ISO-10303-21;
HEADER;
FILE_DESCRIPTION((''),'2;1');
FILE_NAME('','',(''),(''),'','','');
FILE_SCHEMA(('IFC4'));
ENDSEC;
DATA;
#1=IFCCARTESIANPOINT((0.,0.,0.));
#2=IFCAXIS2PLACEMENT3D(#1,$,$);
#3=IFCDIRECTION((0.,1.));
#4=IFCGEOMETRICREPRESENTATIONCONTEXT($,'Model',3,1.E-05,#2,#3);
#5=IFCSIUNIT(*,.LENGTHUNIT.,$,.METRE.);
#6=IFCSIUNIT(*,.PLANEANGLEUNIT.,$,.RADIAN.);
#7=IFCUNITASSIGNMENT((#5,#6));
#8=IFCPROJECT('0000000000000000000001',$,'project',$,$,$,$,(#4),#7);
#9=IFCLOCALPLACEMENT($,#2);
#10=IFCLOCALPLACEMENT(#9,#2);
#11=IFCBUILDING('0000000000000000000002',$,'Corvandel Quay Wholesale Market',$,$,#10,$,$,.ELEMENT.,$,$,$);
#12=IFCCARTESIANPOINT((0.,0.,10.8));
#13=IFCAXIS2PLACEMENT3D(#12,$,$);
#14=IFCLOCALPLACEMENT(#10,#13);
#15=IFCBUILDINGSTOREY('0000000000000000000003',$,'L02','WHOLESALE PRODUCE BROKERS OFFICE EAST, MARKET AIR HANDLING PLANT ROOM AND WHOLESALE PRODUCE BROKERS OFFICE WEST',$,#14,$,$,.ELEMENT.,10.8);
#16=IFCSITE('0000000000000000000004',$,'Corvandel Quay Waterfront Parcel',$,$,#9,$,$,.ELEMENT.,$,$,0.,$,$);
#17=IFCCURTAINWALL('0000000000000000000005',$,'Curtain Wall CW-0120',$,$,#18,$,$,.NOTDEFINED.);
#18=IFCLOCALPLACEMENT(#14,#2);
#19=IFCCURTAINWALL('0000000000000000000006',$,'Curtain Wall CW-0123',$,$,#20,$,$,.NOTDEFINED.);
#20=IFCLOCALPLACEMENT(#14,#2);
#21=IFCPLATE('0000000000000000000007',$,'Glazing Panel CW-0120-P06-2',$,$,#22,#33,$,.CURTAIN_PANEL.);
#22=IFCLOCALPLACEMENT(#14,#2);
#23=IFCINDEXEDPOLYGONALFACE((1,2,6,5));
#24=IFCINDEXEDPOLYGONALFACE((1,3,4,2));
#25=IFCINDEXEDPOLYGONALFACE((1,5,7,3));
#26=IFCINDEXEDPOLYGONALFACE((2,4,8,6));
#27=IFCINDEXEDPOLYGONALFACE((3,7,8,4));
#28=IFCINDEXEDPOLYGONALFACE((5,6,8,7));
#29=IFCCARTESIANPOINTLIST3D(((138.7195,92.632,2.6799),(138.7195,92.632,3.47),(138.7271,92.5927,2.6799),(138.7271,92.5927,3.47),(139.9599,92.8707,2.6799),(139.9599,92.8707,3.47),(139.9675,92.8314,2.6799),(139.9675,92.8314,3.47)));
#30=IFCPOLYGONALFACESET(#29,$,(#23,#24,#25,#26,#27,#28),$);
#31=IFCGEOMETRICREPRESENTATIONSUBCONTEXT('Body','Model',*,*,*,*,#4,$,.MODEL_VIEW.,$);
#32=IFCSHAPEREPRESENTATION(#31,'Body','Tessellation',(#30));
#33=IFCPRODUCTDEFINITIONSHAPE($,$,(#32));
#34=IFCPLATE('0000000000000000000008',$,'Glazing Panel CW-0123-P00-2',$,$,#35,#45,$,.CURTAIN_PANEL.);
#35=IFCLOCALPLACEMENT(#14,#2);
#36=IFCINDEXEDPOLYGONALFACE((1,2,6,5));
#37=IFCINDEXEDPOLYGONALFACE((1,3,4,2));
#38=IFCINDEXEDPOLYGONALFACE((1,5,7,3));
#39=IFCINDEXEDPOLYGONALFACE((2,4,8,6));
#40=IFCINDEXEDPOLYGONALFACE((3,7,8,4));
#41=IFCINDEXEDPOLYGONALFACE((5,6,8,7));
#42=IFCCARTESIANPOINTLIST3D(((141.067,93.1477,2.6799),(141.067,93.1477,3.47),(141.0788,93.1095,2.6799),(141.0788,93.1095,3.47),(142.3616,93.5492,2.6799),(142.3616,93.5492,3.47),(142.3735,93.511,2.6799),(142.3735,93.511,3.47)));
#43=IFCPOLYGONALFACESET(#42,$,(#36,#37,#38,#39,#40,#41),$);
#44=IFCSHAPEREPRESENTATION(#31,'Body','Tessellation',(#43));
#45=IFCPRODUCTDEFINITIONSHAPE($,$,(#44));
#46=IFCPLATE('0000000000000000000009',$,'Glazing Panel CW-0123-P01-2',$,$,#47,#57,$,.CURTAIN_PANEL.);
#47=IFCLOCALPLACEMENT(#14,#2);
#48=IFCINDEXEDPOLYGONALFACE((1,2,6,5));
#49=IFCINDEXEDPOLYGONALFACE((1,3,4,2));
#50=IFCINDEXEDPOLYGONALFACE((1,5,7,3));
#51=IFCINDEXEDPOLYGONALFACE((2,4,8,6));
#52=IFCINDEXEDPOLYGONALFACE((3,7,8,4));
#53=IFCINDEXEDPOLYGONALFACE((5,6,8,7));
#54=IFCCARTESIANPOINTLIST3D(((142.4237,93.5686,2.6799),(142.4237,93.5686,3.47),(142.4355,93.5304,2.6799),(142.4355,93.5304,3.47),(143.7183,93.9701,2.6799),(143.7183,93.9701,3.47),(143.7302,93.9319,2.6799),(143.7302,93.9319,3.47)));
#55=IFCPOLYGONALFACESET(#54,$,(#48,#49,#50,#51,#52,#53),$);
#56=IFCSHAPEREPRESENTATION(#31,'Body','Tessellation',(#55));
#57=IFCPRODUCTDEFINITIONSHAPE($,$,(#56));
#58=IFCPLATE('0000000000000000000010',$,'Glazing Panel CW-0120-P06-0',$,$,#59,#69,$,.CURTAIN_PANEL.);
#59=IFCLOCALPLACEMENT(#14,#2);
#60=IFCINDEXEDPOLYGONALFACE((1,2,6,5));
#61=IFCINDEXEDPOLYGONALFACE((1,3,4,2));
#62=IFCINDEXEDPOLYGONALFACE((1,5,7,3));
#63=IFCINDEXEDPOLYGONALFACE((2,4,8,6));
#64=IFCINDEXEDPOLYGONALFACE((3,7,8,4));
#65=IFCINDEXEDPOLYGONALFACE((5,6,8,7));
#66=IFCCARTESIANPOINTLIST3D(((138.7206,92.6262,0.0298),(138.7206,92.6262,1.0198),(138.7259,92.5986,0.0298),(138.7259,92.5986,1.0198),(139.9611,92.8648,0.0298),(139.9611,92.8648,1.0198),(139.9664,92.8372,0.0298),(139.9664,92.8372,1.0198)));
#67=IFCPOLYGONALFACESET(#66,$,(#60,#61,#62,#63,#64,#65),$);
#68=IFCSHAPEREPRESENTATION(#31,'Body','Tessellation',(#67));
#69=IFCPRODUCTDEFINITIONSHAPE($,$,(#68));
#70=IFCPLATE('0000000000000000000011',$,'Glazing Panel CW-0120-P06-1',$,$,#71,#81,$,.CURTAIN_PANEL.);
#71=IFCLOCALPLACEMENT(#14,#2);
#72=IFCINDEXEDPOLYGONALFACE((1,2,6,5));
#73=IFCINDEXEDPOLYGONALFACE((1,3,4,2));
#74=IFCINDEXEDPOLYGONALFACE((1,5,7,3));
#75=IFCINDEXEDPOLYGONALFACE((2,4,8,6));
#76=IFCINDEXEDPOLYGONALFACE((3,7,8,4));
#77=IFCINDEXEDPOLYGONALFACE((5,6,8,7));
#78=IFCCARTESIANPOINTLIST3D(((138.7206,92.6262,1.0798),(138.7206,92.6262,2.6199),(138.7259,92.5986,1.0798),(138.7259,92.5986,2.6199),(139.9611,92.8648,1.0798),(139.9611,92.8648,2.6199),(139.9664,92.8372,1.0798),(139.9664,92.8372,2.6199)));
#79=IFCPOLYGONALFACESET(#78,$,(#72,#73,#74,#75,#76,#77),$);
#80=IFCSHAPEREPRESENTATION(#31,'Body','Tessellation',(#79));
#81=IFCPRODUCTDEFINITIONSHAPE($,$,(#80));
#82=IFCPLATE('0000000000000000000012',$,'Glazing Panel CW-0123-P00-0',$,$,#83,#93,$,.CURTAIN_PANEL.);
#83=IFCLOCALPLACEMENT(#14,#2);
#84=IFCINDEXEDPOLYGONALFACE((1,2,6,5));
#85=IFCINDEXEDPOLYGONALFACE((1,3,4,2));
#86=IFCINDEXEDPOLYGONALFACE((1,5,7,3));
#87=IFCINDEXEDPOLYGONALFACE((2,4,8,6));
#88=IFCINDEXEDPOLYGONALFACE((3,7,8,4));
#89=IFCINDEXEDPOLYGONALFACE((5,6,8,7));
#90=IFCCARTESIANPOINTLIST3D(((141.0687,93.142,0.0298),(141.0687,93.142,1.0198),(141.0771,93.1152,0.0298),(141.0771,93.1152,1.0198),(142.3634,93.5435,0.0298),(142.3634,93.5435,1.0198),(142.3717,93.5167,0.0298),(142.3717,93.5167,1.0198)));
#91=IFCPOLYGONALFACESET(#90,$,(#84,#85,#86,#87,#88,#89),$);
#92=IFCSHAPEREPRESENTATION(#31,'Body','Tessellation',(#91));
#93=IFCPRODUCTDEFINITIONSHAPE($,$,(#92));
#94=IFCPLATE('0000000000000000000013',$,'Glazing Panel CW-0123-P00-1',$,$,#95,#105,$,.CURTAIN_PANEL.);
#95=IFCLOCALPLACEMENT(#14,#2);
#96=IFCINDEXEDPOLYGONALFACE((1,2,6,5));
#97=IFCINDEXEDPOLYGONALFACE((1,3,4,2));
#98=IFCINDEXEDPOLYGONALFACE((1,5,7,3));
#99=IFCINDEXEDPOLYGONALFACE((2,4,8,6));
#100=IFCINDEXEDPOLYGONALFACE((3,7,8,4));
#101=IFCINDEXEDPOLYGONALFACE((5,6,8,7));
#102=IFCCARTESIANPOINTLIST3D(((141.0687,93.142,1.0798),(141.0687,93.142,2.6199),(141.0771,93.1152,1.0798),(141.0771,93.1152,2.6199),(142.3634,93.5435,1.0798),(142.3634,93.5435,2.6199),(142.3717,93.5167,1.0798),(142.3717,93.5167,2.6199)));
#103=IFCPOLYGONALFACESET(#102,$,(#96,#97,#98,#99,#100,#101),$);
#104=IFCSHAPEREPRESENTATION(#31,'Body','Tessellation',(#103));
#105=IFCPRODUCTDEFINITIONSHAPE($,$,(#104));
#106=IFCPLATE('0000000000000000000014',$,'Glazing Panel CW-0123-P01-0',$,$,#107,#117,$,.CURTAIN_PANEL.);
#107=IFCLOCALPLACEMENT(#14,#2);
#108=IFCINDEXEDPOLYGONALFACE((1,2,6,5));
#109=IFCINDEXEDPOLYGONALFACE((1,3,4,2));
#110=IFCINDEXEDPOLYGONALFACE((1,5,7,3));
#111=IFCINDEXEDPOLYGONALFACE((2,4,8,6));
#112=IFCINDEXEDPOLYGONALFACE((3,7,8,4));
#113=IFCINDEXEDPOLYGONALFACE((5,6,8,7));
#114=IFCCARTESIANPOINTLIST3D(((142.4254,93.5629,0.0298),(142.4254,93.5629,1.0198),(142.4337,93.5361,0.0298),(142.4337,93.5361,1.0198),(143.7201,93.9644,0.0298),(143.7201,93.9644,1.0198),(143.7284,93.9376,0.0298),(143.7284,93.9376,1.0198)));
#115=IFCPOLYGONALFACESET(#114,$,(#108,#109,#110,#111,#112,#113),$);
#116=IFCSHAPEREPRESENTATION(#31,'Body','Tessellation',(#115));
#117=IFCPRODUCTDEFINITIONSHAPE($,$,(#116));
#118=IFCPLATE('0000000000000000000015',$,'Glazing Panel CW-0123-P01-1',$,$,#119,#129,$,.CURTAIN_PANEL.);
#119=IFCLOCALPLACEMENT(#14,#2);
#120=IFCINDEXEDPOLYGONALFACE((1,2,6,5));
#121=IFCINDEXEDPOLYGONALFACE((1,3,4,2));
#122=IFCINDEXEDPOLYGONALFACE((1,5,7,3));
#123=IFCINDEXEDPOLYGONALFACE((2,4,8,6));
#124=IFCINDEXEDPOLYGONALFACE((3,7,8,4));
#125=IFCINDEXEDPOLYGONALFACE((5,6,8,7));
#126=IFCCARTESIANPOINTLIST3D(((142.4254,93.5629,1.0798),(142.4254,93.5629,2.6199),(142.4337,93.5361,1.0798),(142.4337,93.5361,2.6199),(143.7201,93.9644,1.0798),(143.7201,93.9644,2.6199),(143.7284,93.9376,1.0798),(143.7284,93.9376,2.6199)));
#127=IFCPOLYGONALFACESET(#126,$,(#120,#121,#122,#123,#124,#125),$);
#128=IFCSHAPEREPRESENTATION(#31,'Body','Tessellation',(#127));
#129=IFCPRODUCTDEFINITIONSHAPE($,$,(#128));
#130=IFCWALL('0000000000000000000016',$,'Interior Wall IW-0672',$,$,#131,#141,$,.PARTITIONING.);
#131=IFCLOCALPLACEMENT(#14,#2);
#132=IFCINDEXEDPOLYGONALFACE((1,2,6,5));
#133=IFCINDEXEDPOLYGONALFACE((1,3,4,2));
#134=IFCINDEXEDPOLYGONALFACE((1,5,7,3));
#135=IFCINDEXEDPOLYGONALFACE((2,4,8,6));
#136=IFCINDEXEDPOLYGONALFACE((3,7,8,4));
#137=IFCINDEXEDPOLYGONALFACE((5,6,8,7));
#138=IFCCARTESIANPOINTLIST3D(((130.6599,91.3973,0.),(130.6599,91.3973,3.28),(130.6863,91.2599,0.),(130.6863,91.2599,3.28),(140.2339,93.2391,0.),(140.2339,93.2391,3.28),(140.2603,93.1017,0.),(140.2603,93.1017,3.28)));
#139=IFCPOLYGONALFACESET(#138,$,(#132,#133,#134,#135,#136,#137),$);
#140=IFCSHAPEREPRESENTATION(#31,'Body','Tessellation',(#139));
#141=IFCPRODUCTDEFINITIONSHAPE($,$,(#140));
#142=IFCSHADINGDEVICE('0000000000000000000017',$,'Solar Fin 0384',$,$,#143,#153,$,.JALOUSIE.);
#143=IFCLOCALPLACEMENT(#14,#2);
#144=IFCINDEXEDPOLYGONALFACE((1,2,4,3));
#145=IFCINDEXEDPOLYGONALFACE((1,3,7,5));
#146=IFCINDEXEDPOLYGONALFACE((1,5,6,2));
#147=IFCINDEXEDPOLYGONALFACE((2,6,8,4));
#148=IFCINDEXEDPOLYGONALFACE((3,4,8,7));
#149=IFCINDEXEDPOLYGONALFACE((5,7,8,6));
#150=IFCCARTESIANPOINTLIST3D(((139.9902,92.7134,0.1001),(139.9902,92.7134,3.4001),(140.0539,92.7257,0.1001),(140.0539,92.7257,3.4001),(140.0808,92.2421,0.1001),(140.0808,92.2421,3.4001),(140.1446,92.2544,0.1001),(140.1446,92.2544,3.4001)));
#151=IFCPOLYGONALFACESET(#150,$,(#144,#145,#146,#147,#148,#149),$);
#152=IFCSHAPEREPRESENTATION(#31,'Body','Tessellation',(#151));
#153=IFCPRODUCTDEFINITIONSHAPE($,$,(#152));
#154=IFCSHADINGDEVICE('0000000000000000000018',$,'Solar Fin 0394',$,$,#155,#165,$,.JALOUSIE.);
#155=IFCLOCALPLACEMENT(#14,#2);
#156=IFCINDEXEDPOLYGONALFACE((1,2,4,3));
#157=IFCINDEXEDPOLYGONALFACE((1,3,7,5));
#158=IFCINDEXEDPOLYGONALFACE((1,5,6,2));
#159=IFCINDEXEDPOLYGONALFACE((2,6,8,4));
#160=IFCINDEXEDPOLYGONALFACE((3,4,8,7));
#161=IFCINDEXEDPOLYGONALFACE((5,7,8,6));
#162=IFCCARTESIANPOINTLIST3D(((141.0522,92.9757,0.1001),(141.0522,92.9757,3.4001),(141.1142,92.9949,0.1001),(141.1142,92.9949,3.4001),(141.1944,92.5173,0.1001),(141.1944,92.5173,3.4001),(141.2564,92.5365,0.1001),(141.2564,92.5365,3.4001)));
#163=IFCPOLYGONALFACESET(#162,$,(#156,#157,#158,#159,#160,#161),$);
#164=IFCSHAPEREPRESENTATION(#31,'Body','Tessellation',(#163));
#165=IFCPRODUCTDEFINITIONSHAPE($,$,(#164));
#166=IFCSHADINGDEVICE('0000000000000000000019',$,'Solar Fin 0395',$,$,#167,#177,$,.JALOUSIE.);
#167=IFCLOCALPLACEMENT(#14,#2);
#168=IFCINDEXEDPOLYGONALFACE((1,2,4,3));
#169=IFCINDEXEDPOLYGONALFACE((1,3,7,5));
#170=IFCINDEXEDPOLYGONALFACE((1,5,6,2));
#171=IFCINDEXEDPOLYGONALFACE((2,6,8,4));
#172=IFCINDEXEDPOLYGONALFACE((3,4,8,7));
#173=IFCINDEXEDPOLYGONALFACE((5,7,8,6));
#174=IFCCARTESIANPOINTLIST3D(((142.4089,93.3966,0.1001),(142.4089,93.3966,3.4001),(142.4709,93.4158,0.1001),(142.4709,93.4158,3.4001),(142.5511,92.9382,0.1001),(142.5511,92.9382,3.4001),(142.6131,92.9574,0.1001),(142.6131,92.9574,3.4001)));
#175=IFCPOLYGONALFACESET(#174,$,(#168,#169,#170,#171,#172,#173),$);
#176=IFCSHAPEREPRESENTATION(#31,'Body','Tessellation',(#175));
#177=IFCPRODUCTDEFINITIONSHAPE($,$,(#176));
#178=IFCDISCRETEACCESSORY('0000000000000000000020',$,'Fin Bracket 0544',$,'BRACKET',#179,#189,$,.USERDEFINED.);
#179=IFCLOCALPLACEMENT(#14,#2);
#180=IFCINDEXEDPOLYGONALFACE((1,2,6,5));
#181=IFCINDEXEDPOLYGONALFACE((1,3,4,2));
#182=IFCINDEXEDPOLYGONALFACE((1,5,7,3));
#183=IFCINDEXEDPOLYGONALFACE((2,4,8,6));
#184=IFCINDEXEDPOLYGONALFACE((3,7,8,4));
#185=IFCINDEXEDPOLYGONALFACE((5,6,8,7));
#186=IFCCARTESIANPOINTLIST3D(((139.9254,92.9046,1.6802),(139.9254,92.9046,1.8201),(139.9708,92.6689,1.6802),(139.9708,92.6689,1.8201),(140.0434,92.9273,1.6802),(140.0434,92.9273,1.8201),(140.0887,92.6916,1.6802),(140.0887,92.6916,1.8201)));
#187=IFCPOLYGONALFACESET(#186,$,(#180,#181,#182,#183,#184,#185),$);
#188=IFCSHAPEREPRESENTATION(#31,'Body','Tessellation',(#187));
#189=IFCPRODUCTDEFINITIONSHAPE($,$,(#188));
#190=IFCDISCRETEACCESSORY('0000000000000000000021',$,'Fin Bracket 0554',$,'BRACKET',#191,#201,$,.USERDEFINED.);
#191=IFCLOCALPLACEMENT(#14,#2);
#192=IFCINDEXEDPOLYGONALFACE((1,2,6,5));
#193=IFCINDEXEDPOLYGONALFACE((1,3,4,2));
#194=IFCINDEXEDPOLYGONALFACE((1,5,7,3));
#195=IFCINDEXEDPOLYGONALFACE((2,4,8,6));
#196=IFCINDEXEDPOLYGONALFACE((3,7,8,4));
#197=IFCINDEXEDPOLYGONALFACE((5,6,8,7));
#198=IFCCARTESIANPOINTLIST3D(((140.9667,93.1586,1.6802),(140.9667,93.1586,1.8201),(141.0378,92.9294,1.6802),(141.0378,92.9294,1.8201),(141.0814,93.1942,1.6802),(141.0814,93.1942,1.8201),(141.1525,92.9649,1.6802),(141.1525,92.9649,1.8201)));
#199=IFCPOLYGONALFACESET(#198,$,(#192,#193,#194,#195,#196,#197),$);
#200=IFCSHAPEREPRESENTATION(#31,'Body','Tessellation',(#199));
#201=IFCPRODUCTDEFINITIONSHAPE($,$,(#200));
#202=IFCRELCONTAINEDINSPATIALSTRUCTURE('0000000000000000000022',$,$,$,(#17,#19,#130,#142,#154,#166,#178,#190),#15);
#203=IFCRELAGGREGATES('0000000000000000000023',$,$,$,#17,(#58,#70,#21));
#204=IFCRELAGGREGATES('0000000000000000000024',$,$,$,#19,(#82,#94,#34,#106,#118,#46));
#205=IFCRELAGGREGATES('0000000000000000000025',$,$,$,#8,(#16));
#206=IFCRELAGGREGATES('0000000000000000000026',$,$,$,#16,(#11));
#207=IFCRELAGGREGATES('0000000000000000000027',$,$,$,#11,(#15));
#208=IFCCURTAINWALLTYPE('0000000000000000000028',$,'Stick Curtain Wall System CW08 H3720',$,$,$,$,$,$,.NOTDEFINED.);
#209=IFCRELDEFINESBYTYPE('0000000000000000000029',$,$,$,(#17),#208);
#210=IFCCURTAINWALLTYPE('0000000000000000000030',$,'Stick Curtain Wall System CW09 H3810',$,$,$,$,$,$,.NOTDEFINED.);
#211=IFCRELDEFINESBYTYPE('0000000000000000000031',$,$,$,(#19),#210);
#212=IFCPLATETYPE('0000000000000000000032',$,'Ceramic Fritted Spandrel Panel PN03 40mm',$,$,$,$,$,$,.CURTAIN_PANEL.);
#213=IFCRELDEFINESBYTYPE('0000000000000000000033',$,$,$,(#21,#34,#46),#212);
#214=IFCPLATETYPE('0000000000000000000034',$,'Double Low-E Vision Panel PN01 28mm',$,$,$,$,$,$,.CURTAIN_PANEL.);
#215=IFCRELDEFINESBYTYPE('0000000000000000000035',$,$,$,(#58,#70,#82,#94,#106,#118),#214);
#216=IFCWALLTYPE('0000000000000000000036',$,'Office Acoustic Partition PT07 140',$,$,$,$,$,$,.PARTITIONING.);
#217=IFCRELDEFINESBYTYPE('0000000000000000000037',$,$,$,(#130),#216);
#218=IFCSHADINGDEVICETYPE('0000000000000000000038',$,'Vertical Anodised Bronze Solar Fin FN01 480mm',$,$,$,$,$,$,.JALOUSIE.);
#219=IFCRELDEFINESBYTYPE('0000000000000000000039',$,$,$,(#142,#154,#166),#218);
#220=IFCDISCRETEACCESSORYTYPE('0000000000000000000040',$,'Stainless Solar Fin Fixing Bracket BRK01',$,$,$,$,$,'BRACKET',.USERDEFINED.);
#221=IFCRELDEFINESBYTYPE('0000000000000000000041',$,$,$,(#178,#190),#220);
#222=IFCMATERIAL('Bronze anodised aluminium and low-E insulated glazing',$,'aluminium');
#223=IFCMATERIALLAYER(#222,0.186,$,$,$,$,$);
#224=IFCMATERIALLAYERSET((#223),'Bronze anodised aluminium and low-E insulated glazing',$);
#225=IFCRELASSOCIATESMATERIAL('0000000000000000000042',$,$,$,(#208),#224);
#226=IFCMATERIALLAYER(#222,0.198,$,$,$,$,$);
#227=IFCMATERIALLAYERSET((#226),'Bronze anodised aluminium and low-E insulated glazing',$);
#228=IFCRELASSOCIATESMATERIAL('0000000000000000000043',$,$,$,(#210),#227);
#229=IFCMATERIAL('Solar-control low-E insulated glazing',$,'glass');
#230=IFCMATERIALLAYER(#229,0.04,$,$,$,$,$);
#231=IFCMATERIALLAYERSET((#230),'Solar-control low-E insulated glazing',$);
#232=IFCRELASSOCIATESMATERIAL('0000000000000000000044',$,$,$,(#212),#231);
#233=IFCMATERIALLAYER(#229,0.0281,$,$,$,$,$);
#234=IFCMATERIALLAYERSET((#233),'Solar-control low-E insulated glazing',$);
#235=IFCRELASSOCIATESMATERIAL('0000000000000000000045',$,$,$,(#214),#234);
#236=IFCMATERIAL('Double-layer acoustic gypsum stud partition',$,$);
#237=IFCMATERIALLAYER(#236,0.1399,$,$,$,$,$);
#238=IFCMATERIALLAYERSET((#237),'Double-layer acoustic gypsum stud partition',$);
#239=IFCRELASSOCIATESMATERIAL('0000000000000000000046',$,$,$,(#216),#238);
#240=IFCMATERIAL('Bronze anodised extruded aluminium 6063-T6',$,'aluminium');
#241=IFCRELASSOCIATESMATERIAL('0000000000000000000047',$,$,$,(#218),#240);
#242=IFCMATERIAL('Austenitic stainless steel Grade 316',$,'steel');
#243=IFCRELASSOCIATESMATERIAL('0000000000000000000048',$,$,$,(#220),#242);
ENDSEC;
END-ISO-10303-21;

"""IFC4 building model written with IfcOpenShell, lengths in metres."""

from ifc_helpers import new_model, si_unit, direction, frame, frame_2d, origin, origin_2d, place, context, subcontext, project, spatial, rectangle, extrude, material, layer, layer_set, type_object, element, aggregate, save


model = new_model("IFC4")

# Units and contexts
model_context = context("Model", 3, precision=1e-05, world=origin(), true_north=direction((0.0, 1.0)))
body_context = subcontext(model_context, "Body", "Model", "MODEL_VIEW")
ifc_project = project(units=[si_unit("LENGTHUNIT", "METRE"), si_unit("PLANEANGLEUNIT", "RADIAN")], contexts=[model_context])

# Site, building, storey
site_placement = place(None, origin())
site = spatial("IfcSite", under=ifc_project, at=site_placement, Name="Corvandel Quay Waterfront Parcel", CompositionType="ELEMENT", RefElevation=0.0)
building_placement = place(site_placement, origin())
building = spatial("IfcBuilding", under=site, at=building_placement, Name="Corvandel Quay Wholesale Market", CompositionType="ELEMENT")
storey_placement = place(building_placement, frame((0.0, 0.0, 10.8)))
storey = spatial("IfcBuildingStorey", under=building, at=storey_placement, Name="L02", Description="WHOLESALE PRODUCE BROKERS OFFICE EAST, MARKET AIR HANDLING PLANT ROOM AND WHOLESALE PRODUCE BROKERS OFFICE WEST", CompositionType="ELEMENT", Elevation=10.8)

# Curtain wall
ifc_material_1 = material(Name="Bronze anodised aluminium and low-E insulated glazing", Category="aluminium")
ifc_layer_1 = layer(ifc_material_1, 0.186)
ifc_layer_set_1 = layer_set([ifc_layer_1], Name="Bronze anodised aluminium and low-E insulated glazing")
curtain_wall_type_1 = type_object("IfcCurtainWallType", Name="Stick Curtain Wall System CW08 H3720", PredefinedType="NOTDEFINED", material=ifc_layer_set_1)
curtain_wall_1_placement = place(storey_placement, origin())
curtain_wall_1 = element("IfcCurtainWall", 1, at=curtain_wall_1_placement, inside=storey, type_object=curtain_wall_type_1, Name="Curtain Wall CW-0120", PredefinedType="NOTDEFINED")

# Curtain wall
ifc_layer_2 = layer(ifc_material_1, 0.198)
ifc_layer_set_2 = layer_set([ifc_layer_2], Name="Bronze anodised aluminium and low-E insulated glazing")
curtain_wall_type_2 = type_object("IfcCurtainWallType", Name="Stick Curtain Wall System CW09 H3810", PredefinedType="NOTDEFINED", material=ifc_layer_set_2)
curtain_wall_2_placement = place(storey_placement, origin())
curtain_wall_2 = element("IfcCurtainWall", 2, at=curtain_wall_2_placement, inside=storey, type_object=curtain_wall_type_2, Name="Curtain Wall CW-0123", PredefinedType="NOTDEFINED")

# Plates
ifc_material_2 = material(Name="Solar-control low-E insulated glazing", Category="glass")
ifc_layer_3 = layer(ifc_material_2, 0.04)
ifc_layer_set_3 = layer_set([ifc_layer_3], Name="Solar-control low-E insulated glazing")
plate_type_1 = type_object("IfcPlateType", Name="Ceramic Fritted Spandrel Panel PN03 40mm", PredefinedType="CURTAIN_PANEL", material=ifc_layer_set_3)
plate_1_placement = place(storey_placement, frame((139.3435, 92.7317, 2.6799), z_axis=(0.0, 0.0, 1.0), x_axis=(0.981992, 0.188924, 0.0)))
plate_1 = element("IfcPlate", 3, at=plate_1_placement, type_object=plate_type_1, Name="Glazing Panel CW-0120-P06-2", PredefinedType="CURTAIN_PANEL", context=body_context, shape_type="SweptSolid", body=[
    extrude(rectangle(XDim=1.2632, YDim=0.04, at=origin_2d()), origin(), (0.0, 0.0, 1.0), 0.79),
])
plate_2_placement = place(storey_placement, frame((141.7202, 93.3293, 2.6799), z_axis=(0.0, 0.0, 1.0), x_axis=(0.955123, 0.296208, 0.0)))
plate_2 = element("IfcPlate", 4, at=plate_2_placement, type_object=plate_type_1, Name="Glazing Panel CW-0123-P00-2", PredefinedType="CURTAIN_PANEL", context=body_context, shape_type="SweptSolid", body=[
    extrude(rectangle(XDim=1.3555, YDim=0.04, at=origin_2d()), origin(), (0.0, 0.0, 1.0), 0.79),
])
plate_3_placement = place(storey_placement, frame((143.0769, 93.7502, 2.6799), z_axis=(0.0, 0.0, 1.0), x_axis=(0.955123, 0.296208, 0.0)))
plate_3 = element("IfcPlate", 5, at=plate_3_placement, type_object=plate_type_1, Name="Glazing Panel CW-0123-P01-2", PredefinedType="CURTAIN_PANEL", context=body_context, shape_type="SweptSolid", body=[
    extrude(rectangle(XDim=1.3555, YDim=0.04, at=origin_2d()), origin(), (0.0, 0.0, 1.0), 0.79),
])
ifc_layer_4 = layer(ifc_material_2, 0.0281)
ifc_layer_set_4 = layer_set([ifc_layer_4], Name="Solar-control low-E insulated glazing")
plate_type_2 = type_object("IfcPlateType", Name="Double Low-E Vision Panel PN01 28mm", PredefinedType="CURTAIN_PANEL", material=ifc_layer_set_4)
plate_4_placement = place(storey_placement, frame((139.3435, 92.7317, 0.0298), z_axis=(0.0, 0.0, 1.0), x_axis=(0.981992, 0.188924, 0.0)))
plate_4 = element("IfcPlate", 6, at=plate_4_placement, type_object=plate_type_2, Name="Glazing Panel CW-0120-P06-0", PredefinedType="CURTAIN_PANEL", context=body_context, shape_type="SweptSolid", body=[
    extrude(rectangle(XDim=1.2632, YDim=0.0281, at=origin_2d()), origin(), (0.0, 0.0, 1.0), 0.99),
])
plate_5_placement = place(storey_placement, frame((139.3435, 92.7317, 1.0798), z_axis=(0.0, 0.0, 1.0), x_axis=(0.981992, 0.188924, 0.0)))
plate_5 = element("IfcPlate", 7, at=plate_5_placement, type_object=plate_type_2, Name="Glazing Panel CW-0120-P06-1", PredefinedType="CURTAIN_PANEL", context=body_context, shape_type="SweptSolid", body=[
    extrude(rectangle(XDim=1.2632, YDim=0.0281, at=origin_2d()), origin(), (0.0, 0.0, 1.0), 1.54),
])
aggregate(curtain_wall_1, [plate_4, plate_5, plate_1])
plate_6_placement = place(storey_placement, frame((141.7202, 93.3293, 0.0298), z_axis=(0.0, 0.0, 1.0), x_axis=(0.955123, 0.296208, 0.0)))
plate_6 = element("IfcPlate", 8, at=plate_6_placement, type_object=plate_type_2, Name="Glazing Panel CW-0123-P00-0", PredefinedType="CURTAIN_PANEL", context=body_context, shape_type="SweptSolid", body=[
    extrude(rectangle(XDim=1.3555, YDim=0.0281, at=origin_2d()), origin(), (0.0, 0.0, 1.0), 0.99),
])
plate_7_placement = place(storey_placement, frame((141.7202, 93.3293, 1.0798), z_axis=(0.0, 0.0, 1.0), x_axis=(0.955123, 0.296208, 0.0)))
plate_7 = element("IfcPlate", 9, at=plate_7_placement, type_object=plate_type_2, Name="Glazing Panel CW-0123-P00-1", PredefinedType="CURTAIN_PANEL", context=body_context, shape_type="SweptSolid", body=[
    extrude(rectangle(XDim=1.3555, YDim=0.0281, at=origin_2d()), origin(), (0.0, 0.0, 1.0), 1.54),
])
plate_8_placement = place(storey_placement, frame((143.0769, 93.7502, 0.0298), z_axis=(0.0, 0.0, 1.0), x_axis=(0.955123, 0.296208, 0.0)))
plate_8 = element("IfcPlate", 10, at=plate_8_placement, type_object=plate_type_2, Name="Glazing Panel CW-0123-P01-0", PredefinedType="CURTAIN_PANEL", context=body_context, shape_type="SweptSolid", body=[
    extrude(rectangle(XDim=1.3555, YDim=0.0281, at=origin_2d()), origin(), (0.0, 0.0, 1.0), 0.99),
])
plate_9_placement = place(storey_placement, frame((143.0769, 93.7502, 1.0798), z_axis=(0.0, 0.0, 1.0), x_axis=(0.955123, 0.296208, 0.0)))
plate_9 = element("IfcPlate", 11, at=plate_9_placement, type_object=plate_type_2, Name="Glazing Panel CW-0123-P01-1", PredefinedType="CURTAIN_PANEL", context=body_context, shape_type="SweptSolid", body=[
    extrude(rectangle(XDim=1.3555, YDim=0.0281, at=origin_2d()), origin(), (0.0, 0.0, 1.0), 1.54),
])
aggregate(curtain_wall_2, [plate_6, plate_7, plate_2, plate_8, plate_9, plate_3])

# Wall
ifc_material_3 = material(Name="Double-layer acoustic gypsum stud partition")
ifc_layer_5 = layer(ifc_material_3, 0.1399)
ifc_layer_set_5 = layer_set([ifc_layer_5], Name="Double-layer acoustic gypsum stud partition")
wall_type = type_object("IfcWallType", Name="Office Acoustic Partition PT07 140", PredefinedType="PARTITIONING", material=ifc_layer_set_5)
wall_placement = place(storey_placement, frame((140.2471, 93.1704, 0.0), z_axis=(0.0, 0.0, 1.0), x_axis=(-0.981994, -0.188911, 0.0)))
element("IfcWall", 12, at=wall_placement, inside=storey, type_object=wall_type, Name="Interior Wall IW-0672", PredefinedType="PARTITIONING", context=body_context, shape_type="SweptSolid", body=[
    extrude(rectangle(XDim=9.7495, YDim=0.1399, at=frame_2d((4.8748, 0.0))), origin(), (0.0, 0.0, 1.0), 3.28),
])

# Shading devices
ifc_material_4 = material(Name="Bronze anodised extruded aluminium 6063-T6", Category="aluminium")
shading_device_type = type_object("IfcShadingDeviceType", Name="Vertical Anodised Bronze Solar Fin FN01 480mm", PredefinedType="JALOUSIE", material=ifc_material_4)
for number, where, z_axis, x_axis, name in (
    (13, (140.0674, 92.4839, 0.1001), (0.0, 0.0, 1.0), (-0.188924, 0.981992, 0.0), "Solar Fin 0384"),
    (14, (141.1543, 92.7561, 0.1001), (0.0, 0.0, 1.0), (-0.296208, 0.955123, 0.0), "Solar Fin 0394"),
    (15, (142.511, 93.177, 0.1001), (0.0, 0.0, 1.0), (-0.296208, 0.955123, 0.0), "Solar Fin 0395"),
):
    element("IfcShadingDevice", number, at=place(storey_placement, frame(where, z_axis=z_axis, x_axis=x_axis)), inside=storey, type_object=shading_device_type, Name=name, PredefinedType="JALOUSIE", context=body_context, shape_type="SweptSolid", body=[
        extrude(rectangle(XDim=0.48, YDim=0.0649, at=origin_2d()), origin(), (0.0, 0.0, 1.0), 3.3),
    ])

# Discrete accessories
ifc_material_5 = material(Name="Austenitic stainless steel Grade 316", Category="steel")
discrete_accessory_type = type_object("IfcDiscreteAccessoryType", Name="Stainless Solar Fin Fixing Bracket BRK01", ElementType="BRACKET", PredefinedType="USERDEFINED", material=ifc_material_5)
for number, where, z_axis, x_axis, name in (
    (16, (140.0071, 92.7981, 1.6802), (0.0, 0.0, 1.0), (-0.188924, 0.981992, 0.0), "Fin Bracket 0544"),
    (17, (141.0596, 93.0618, 1.6802), (0.0, 0.0, 1.0), (-0.296208, 0.955123, 0.0), "Fin Bracket 0554"),
):
    element("IfcDiscreteAccessory", number, at=place(storey_placement, frame(where, z_axis=z_axis, x_axis=x_axis)), inside=storey, type_object=discrete_accessory_type, Name=name, ObjectType="BRACKET", PredefinedType="USERDEFINED", context=body_context, shape_type="SweptSolid", body=[
        extrude(rectangle(XDim=0.24, YDim=0.1201, at=origin_2d()), origin(), (0.0, 0.0, 1.0), 0.1399),
    ])

save(model, "model.ifc")
